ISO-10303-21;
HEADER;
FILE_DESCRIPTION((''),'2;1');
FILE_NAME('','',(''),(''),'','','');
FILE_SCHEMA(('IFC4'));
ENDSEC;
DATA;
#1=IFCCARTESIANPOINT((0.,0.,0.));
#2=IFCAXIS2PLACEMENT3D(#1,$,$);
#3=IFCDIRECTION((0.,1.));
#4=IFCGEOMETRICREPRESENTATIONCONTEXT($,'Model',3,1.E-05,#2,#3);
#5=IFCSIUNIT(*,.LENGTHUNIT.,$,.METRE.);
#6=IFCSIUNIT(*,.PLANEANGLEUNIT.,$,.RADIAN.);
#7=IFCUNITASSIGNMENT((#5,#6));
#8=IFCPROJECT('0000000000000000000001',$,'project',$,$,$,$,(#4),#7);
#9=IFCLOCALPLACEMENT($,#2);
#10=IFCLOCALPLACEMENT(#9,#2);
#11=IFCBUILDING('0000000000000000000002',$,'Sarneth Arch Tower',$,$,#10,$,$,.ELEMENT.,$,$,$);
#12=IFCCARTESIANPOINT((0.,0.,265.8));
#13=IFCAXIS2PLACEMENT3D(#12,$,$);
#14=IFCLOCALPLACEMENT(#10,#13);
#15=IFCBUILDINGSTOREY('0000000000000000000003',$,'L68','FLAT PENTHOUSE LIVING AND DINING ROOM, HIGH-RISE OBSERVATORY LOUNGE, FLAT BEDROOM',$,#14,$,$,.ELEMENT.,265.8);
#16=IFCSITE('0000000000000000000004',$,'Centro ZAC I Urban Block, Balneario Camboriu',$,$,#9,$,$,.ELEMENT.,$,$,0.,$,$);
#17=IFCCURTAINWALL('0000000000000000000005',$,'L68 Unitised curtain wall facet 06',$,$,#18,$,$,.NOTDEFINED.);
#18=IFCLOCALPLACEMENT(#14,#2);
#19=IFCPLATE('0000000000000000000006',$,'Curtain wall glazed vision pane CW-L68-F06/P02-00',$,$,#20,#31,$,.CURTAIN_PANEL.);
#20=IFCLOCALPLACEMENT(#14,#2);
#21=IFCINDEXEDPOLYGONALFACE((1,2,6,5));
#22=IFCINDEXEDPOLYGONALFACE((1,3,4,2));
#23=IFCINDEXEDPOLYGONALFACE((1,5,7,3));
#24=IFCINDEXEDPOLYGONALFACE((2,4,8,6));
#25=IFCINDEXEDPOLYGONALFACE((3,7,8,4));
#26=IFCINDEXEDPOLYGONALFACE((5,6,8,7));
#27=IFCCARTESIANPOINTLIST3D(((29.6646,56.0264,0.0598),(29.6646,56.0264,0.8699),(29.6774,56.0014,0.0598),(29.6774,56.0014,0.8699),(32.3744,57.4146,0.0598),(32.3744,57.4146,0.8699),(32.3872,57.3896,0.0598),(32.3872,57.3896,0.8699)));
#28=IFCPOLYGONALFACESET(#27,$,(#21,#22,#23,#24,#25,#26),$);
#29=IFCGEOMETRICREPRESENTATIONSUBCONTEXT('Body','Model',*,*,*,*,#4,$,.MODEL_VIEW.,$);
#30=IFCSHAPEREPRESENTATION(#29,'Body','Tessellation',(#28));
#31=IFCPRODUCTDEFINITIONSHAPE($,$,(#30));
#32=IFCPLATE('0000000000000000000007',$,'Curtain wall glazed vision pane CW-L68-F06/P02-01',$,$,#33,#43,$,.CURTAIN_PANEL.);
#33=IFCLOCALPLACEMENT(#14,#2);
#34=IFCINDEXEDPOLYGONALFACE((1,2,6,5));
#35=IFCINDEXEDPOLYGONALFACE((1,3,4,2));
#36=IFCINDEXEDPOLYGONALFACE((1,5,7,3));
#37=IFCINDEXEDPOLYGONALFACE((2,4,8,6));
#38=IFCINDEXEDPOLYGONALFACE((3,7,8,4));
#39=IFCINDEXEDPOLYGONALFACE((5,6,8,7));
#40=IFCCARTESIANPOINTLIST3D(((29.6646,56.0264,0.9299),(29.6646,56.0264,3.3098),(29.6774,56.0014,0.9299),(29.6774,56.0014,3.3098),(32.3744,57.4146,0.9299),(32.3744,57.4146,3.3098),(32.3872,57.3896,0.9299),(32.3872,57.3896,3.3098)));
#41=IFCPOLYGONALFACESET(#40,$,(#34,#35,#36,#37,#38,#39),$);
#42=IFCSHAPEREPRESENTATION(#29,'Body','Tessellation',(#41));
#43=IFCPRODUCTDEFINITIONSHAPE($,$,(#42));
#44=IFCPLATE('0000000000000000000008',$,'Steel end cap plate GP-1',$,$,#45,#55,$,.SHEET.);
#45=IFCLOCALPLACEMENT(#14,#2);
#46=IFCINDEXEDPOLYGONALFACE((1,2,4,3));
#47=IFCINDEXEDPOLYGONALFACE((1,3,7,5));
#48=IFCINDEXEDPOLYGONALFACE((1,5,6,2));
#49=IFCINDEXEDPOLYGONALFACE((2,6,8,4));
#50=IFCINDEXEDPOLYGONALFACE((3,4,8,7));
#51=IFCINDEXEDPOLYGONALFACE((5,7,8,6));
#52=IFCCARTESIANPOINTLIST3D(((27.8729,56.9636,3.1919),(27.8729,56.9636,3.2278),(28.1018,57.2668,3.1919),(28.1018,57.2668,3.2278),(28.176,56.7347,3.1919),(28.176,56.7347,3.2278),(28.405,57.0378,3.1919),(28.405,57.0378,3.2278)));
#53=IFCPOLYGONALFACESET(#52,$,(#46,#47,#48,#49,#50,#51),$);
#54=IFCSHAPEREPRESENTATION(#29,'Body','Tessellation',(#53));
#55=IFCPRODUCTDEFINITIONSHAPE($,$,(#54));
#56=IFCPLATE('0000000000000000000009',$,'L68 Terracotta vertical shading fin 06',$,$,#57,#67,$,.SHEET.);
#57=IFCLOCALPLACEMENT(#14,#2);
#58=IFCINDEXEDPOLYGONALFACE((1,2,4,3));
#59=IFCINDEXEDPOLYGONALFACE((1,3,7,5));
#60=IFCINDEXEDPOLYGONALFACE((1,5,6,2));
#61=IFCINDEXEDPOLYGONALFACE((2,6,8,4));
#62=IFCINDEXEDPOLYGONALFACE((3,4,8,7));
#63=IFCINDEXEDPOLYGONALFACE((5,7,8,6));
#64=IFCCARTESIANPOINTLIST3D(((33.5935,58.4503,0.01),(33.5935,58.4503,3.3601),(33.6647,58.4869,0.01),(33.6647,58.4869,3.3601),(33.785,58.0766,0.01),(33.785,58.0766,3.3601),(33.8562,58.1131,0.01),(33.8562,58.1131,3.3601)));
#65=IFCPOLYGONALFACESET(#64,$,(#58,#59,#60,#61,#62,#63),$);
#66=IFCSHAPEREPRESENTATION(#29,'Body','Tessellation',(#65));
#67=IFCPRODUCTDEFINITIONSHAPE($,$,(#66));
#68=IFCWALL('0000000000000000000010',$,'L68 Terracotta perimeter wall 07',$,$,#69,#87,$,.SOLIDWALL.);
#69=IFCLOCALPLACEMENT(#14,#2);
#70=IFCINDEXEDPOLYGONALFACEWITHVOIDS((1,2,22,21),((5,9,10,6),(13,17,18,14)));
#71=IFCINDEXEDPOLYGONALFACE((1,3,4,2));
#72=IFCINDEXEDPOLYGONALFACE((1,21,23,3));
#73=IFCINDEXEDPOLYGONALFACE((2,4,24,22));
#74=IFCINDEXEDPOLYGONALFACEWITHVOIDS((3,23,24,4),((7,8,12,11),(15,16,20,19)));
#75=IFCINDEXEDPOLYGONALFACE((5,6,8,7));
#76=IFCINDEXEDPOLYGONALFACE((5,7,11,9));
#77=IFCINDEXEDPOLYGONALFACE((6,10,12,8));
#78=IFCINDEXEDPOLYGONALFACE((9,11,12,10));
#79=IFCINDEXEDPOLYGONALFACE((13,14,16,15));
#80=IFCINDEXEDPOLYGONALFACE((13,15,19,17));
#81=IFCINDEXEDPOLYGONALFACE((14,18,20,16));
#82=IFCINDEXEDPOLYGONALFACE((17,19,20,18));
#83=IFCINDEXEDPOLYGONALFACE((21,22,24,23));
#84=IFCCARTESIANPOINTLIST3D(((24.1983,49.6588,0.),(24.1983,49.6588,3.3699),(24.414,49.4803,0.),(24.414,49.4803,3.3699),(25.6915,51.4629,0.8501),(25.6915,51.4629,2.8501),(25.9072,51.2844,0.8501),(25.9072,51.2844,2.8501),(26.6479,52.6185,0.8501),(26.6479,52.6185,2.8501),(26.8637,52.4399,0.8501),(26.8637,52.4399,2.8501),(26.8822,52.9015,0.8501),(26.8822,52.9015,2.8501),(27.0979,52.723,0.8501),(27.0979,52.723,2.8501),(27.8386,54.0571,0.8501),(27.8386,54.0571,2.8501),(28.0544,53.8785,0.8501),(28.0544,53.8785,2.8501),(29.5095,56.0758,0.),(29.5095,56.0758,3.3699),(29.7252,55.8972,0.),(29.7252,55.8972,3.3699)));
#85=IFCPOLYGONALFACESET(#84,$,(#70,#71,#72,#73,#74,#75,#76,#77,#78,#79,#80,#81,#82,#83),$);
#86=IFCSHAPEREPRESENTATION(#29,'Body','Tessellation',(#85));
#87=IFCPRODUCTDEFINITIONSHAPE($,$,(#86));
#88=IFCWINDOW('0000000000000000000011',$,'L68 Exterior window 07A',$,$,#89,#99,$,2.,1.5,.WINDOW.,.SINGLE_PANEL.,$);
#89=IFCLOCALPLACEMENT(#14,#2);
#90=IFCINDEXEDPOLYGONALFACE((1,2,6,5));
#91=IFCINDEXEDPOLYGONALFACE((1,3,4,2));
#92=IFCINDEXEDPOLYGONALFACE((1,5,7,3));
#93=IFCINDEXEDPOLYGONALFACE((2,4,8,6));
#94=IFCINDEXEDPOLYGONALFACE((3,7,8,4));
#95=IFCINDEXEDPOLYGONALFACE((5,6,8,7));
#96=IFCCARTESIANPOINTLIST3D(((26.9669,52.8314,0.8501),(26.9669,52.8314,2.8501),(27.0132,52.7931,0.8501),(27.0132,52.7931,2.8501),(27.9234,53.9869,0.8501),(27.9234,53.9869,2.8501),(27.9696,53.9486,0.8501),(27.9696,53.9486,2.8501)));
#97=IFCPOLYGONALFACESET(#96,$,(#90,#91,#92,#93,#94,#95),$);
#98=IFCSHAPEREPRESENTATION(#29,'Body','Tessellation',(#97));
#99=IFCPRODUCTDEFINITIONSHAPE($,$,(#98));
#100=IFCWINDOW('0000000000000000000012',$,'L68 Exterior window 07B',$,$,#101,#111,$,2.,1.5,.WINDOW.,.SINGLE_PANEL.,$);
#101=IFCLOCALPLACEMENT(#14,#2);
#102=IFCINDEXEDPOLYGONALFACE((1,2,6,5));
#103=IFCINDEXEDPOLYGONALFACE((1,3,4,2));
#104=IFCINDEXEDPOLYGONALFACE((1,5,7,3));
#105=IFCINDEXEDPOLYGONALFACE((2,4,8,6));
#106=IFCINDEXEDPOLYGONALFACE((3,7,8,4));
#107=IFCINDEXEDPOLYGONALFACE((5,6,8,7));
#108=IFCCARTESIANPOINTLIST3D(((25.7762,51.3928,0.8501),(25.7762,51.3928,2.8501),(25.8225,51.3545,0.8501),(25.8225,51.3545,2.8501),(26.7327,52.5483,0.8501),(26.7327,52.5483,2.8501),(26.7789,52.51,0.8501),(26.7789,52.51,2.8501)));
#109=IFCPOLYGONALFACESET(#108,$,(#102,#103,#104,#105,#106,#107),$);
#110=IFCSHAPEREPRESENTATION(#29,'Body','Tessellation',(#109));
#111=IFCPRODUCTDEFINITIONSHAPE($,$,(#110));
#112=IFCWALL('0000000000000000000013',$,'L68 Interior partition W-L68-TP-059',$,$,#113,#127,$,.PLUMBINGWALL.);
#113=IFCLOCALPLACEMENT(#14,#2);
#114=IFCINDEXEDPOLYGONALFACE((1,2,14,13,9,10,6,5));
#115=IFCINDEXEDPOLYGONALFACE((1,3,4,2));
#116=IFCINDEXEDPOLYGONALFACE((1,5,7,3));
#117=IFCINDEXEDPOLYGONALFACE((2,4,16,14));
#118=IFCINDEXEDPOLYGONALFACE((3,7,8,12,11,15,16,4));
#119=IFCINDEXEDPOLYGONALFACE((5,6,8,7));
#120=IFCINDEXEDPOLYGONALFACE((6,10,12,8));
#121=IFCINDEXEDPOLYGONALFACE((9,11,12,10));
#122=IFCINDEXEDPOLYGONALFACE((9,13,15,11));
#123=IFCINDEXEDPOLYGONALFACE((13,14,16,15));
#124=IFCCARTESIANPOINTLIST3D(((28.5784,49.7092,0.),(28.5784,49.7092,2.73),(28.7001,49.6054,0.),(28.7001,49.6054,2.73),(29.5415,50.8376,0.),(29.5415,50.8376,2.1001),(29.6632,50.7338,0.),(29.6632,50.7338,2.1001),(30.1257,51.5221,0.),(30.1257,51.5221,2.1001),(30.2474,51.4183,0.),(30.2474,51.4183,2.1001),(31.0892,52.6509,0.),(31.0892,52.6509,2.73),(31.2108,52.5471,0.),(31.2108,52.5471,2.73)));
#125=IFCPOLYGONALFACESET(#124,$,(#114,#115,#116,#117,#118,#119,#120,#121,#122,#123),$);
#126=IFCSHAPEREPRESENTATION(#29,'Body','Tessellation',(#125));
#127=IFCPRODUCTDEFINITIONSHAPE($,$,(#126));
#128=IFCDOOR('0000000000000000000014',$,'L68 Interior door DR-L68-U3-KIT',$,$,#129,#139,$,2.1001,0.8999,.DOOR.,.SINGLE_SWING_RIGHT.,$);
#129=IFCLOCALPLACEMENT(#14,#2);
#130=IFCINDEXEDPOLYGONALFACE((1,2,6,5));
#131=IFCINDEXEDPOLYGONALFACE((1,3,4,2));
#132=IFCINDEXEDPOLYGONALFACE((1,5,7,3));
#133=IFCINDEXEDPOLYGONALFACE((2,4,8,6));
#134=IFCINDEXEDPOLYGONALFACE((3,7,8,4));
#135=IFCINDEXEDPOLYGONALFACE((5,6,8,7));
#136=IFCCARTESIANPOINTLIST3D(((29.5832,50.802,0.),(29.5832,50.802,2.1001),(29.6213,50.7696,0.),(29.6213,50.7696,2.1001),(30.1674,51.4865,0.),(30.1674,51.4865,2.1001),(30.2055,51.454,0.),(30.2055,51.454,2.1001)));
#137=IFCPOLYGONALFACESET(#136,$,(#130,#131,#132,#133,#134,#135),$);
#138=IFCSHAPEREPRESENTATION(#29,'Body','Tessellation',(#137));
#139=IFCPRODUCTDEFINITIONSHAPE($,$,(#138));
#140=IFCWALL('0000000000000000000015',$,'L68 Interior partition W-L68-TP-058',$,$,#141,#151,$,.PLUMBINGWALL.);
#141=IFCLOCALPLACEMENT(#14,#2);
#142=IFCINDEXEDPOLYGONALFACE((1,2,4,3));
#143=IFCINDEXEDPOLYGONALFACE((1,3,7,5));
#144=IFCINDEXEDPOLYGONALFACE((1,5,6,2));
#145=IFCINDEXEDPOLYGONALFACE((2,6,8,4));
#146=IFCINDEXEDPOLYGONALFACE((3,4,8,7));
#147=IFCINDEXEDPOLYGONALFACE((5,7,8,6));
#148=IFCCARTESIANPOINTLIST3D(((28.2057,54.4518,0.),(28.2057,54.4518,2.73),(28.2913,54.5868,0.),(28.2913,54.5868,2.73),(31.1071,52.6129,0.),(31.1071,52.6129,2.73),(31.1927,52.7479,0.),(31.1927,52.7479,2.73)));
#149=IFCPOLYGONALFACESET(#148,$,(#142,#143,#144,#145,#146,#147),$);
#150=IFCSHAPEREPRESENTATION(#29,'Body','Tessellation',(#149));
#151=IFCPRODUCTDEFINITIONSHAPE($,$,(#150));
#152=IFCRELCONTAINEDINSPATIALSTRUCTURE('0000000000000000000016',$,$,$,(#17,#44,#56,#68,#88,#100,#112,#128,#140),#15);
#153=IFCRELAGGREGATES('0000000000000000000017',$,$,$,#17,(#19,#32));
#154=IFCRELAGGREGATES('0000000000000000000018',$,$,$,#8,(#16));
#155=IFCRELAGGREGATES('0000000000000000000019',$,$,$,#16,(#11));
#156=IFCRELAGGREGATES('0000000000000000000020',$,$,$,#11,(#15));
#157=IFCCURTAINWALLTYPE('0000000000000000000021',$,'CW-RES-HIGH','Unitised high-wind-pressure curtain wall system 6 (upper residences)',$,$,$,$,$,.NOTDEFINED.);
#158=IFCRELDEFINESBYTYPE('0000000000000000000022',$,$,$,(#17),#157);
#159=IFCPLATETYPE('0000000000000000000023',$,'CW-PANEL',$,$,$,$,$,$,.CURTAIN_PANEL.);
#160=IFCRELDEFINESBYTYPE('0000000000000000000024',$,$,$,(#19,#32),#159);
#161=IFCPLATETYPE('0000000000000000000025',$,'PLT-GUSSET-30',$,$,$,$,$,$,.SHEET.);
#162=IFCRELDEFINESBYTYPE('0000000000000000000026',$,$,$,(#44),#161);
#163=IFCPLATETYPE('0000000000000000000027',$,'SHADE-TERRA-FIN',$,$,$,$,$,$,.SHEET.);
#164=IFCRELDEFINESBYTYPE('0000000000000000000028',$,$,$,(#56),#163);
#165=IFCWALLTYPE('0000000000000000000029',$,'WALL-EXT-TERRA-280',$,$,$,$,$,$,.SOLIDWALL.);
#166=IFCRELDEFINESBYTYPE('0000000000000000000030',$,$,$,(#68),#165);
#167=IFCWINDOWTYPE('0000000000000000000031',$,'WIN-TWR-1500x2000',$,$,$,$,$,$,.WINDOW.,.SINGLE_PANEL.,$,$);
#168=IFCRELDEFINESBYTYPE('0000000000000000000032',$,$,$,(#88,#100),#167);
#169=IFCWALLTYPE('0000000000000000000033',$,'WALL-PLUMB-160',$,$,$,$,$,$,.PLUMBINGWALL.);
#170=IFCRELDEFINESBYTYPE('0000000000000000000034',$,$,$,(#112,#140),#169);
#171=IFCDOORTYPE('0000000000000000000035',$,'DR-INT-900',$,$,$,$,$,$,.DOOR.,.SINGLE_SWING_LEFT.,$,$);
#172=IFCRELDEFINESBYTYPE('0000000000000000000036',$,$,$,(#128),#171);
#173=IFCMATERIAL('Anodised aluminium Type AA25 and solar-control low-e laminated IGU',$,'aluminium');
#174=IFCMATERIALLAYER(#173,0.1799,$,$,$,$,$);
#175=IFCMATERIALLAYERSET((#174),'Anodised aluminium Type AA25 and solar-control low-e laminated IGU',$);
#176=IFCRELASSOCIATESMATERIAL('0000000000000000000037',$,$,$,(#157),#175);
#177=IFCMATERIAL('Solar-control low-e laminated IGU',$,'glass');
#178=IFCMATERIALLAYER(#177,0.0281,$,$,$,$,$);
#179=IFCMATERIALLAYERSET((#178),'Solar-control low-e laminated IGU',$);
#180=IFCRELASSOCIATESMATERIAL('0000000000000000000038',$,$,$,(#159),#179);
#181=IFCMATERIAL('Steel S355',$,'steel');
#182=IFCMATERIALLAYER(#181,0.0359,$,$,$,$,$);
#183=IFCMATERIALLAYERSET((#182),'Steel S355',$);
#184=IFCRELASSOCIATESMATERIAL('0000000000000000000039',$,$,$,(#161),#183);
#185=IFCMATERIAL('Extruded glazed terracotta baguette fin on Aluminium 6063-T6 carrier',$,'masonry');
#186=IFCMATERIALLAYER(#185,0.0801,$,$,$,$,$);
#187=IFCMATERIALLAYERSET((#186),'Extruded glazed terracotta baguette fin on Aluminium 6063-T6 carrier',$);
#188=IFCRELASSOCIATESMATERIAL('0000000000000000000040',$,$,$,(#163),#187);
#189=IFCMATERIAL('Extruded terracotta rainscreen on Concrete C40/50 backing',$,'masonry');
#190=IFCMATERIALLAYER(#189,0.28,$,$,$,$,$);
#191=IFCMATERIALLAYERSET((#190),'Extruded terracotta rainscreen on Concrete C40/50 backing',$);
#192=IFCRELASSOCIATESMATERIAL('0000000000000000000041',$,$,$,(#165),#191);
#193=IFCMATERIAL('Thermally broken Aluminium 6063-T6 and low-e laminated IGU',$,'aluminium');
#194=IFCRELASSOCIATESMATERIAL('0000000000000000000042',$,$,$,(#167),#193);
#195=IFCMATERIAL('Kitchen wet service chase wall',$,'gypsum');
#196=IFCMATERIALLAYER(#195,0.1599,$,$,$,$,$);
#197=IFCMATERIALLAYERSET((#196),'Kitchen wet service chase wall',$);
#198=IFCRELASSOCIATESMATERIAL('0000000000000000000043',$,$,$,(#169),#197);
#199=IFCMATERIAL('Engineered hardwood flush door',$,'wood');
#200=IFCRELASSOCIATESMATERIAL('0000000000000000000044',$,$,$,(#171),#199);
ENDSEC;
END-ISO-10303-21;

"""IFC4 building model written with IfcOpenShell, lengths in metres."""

from ifc_helpers import new_model, si_unit, direction, frame, frame_2d, origin, origin_2d, place, context, subcontext, project, spatial, rectangle, extrude, material, layer, layer_set, type_object, element, fill, aggregate, save


model = new_model("IFC4")

# Units and contexts
model_context = context("Model", 3, precision=1e-05, world=origin(), true_north=direction((0.0, 1.0)))
body_context = subcontext(model_context, "Body", "Model", "MODEL_VIEW")
ifc_project = project(units=[si_unit("LENGTHUNIT", "METRE"), si_unit("PLANEANGLEUNIT", "RADIAN")], contexts=[model_context])

# Site, building, storey
site_placement = place(None, origin())
site = spatial("IfcSite", under=ifc_project, at=site_placement, Name="Centro ZAC I Urban Block, Balneario Camboriu", CompositionType="ELEMENT", RefElevation=0.0)
building_placement = place(site_placement, origin())
building = spatial("IfcBuilding", under=site, at=building_placement, Name="Sarneth Arch Tower", CompositionType="ELEMENT")
storey_placement = place(building_placement, frame((0.0, 0.0, 265.8)))
storey = spatial("IfcBuildingStorey", under=building, at=storey_placement, Name="L68", Description="FLAT PENTHOUSE LIVING AND DINING ROOM, HIGH-RISE OBSERVATORY LOUNGE, FLAT BEDROOM", CompositionType="ELEMENT", Elevation=265.8)

# Curtain wall
ifc_material_1 = material(Name="Anodised aluminium Type AA25 and solar-control low-e laminated IGU", Category="aluminium")
ifc_layer_1 = layer(ifc_material_1, 0.1799)
ifc_layer_set_1 = layer_set([ifc_layer_1], Name="Anodised aluminium Type AA25 and solar-control low-e laminated IGU")
curtain_wall_type = type_object("IfcCurtainWallType", Name="CW-RES-HIGH", Description="Unitised high-wind-pressure curtain wall system 6 (upper residences)", PredefinedType="NOTDEFINED", material=ifc_layer_set_1)
curtain_wall_placement = place(storey_placement, origin())
curtain_wall = element("IfcCurtainWall", 1, at=curtain_wall_placement, inside=storey, type_object=curtain_wall_type, Name="L68 Unitised curtain wall facet 06", PredefinedType="NOTDEFINED")

# Plates
ifc_material_2 = material(Name="Solar-control low-e laminated IGU", Category="glass")
ifc_layer_2 = layer(ifc_material_2, 0.0281)
ifc_layer_set_2 = layer_set([ifc_layer_2], Name="Solar-control low-e laminated IGU")
plate_type_1 = type_object("IfcPlateType", Name="CW-PANEL", PredefinedType="CURTAIN_PANEL", material=ifc_layer_set_2)
plate_1_placement = place(storey_placement, frame((31.0259, 56.708, 0.0598), z_axis=(0.0, 0.0, 1.0), x_axis=(-0.89001, -0.455942, 0.0)))
plate_1 = element("IfcPlate", 2, at=plate_1_placement, type_object=plate_type_1, Name="Curtain wall glazed vision pane CW-L68-F06/P02-00", PredefinedType="CURTAIN_PANEL", context=body_context, shape_type="SweptSolid", body=[
    extrude(rectangle(XDim=3.0447, YDim=0.0281, at=origin_2d()), origin(), (0.0, 0.0, 1.0), 0.8101),
])
plate_2_placement = place(storey_placement, frame((31.0259, 56.708, 0.9299), z_axis=(0.0, 0.0, 1.0), x_axis=(-0.89001, -0.455942, 0.0)))
plate_2 = element("IfcPlate", 3, at=plate_2_placement, type_object=plate_type_1, Name="Curtain wall glazed vision pane CW-L68-F06/P02-01", PredefinedType="CURTAIN_PANEL", context=body_context, shape_type="SweptSolid", body=[
    extrude(rectangle(XDim=3.0447, YDim=0.0281, at=origin_2d()), origin(), (0.0, 0.0, 1.0), 2.3799),
])
aggregate(curtain_wall, [plate_1, plate_2])

# Plates
ifc_material_3 = material(Name="Steel S355", Category="steel")
ifc_layer_3 = layer(ifc_material_3, 0.0359)
ifc_layer_set_3 = layer_set([ifc_layer_3], Name="Steel S355")
plate_type_2 = type_object("IfcPlateType", Name="PLT-GUSSET-30", PredefinedType="SHEET", material=ifc_layer_set_3)
plate_3_placement = place(storey_placement, frame((28.1389, 57.0007, 3.1919), z_axis=(0.0, 0.0, 1.0), x_axis=(-0.798005, 0.602651, 0.0)))
element("IfcPlate", 4, at=plate_3_placement, inside=storey, type_object=plate_type_2, Name="Steel end cap plate GP-1", PredefinedType="SHEET", context=body_context, shape_type="SweptSolid", body=[
    extrude(rectangle(XDim=0.3799, YDim=0.3799, at=origin_2d()), origin(), (0.0, 0.0, 1.0), 0.0359),
])
ifc_material_4 = material(Name="Extruded glazed terracotta baguette fin on Aluminium 6063-T6 carrier", Category="masonry")
ifc_layer_4 = layer(ifc_material_4, 0.0801)
ifc_layer_set_4 = layer_set([ifc_layer_4], Name="Extruded glazed terracotta baguette fin on Aluminium 6063-T6 carrier")
plate_type_3 = type_object("IfcPlateType", Name="SHADE-TERRA-FIN", PredefinedType="SHEET", material=ifc_layer_set_4)
plate_4_placement = place(storey_placement, frame((33.7249, 58.2817, 0.01), z_axis=(0.0, 0.0, 1.0), x_axis=(-0.456011, 0.889974, 0.0)))
element("IfcPlate", 5, at=plate_4_placement, inside=storey, type_object=plate_type_3, Name="L68 Terracotta vertical shading fin 06", PredefinedType="SHEET", context=body_context, shape_type="SweptSolid", body=[
    extrude(rectangle(XDim=0.4199, YDim=0.0801, at=origin_2d()), origin(), (0.0, 0.0, 1.0), 3.3501),
])

# Wall, openings, windows
ifc_material_5 = material(Name="Extruded terracotta rainscreen on Concrete C40/50 backing", Category="masonry")
ifc_layer_5 = layer(ifc_material_5, 0.28)
ifc_layer_set_5 = layer_set([ifc_layer_5], Name="Extruded terracotta rainscreen on Concrete C40/50 backing")
wall_type_1 = type_object("IfcWallType", Name="WALL-EXT-TERRA-280", PredefinedType="SOLIDWALL", material=ifc_layer_set_5)
wall_1_placement = place(storey_placement, frame((29.6174, 55.9866, 0.0), z_axis=(0.0, 0.0, 1.0), x_axis=(-0.637615, -0.770355, 0.0)))
wall_1 = element("IfcWall", 6, at=wall_1_placement, inside=storey, type_object=wall_type_1, Name="L68 Terracotta perimeter wall 07", PredefinedType="SOLIDWALL", context=body_context, shape_type="SweptSolid", body=[
    extrude(rectangle(XDim=8.3298, YDim=0.28, at=frame_2d((4.165, 0.0))), origin(), (0.0, 0.0, 1.0), 3.3699),
])
opening_1_placement = place(wall_1_placement, frame((2.6206, 0.0, 0.8501)))
opening_1 = element("IfcOpeningElement", 7, at=opening_1_placement, cuts=wall_1, PredefinedType="OPENING", context=body_context, shape_type="SweptSolid", body=[
    extrude(rectangle(XDim=1.5, YDim=2.0, at=frame_2d((0.75, 1.0))), frame((0.0, 0.1499, 0.0), z_axis=(0.0, -1.0, 0.0), x_axis=(1.0, 0.0, 0.0)), (0.0, 0.0, 1.0), 0.3),
])
opening_2_placement = place(wall_1_placement, frame((4.488, 0.0, 0.8501)))
opening_2 = element("IfcOpeningElement", 8, at=opening_2_placement, cuts=wall_1, PredefinedType="OPENING", context=body_context, shape_type="SweptSolid", body=[
    extrude(rectangle(XDim=1.5, YDim=2.0, at=frame_2d((0.75, 1.0))), frame((0.0, 0.1499, 0.0), z_axis=(0.0, -1.0, 0.0), x_axis=(1.0, 0.0, 0.0)), (0.0, 0.0, 1.0), 0.3),
])
ifc_material_6 = material(Name="Thermally broken Aluminium 6063-T6 and low-e laminated IGU", Category="aluminium")
window_type = type_object("IfcWindowType", Name="WIN-TWR-1500x2000", PartitioningType="SINGLE_PANEL", PredefinedType="WINDOW", material=ifc_material_6)
window_1_placement = place(opening_1_placement, origin())
window_1 = element("IfcWindow", 9, at=window_1_placement, inside=storey, type_object=window_type, Name="L68 Exterior window 07A", OverallHeight=2.0, OverallWidth=1.5, PartitioningType="SINGLE_PANEL", PredefinedType="WINDOW", context=body_context, shape_type="SweptSolid", body=[
    extrude(rectangle(XDim=1.5, YDim=2.0, at=frame_2d((0.75, 1.0))), frame((0.0, 0.03, 0.0), z_axis=(0.0, -1.0, 0.0), x_axis=(1.0, 0.0, 0.0)), (0.0, 0.0, 1.0), 0.0601),
])
fill(opening_1, window_1)
window_2_placement = place(opening_2_placement, origin())
window_2 = element("IfcWindow", 10, at=window_2_placement, inside=storey, type_object=window_type, Name="L68 Exterior window 07B", OverallHeight=2.0, OverallWidth=1.5, PartitioningType="SINGLE_PANEL", PredefinedType="WINDOW", context=body_context, shape_type="SweptSolid", body=[
    extrude(rectangle(XDim=1.5, YDim=2.0, at=frame_2d((0.75, 1.0))), frame((0.0, 0.03, 0.0), z_axis=(0.0, -1.0, 0.0), x_axis=(1.0, 0.0, 0.0)), (0.0, 0.0, 1.0), 0.0601),
])
fill(opening_2, window_2)

# Wall, opening, door
ifc_material_7 = material(Name="Kitchen wet service chase wall", Category="gypsum")
ifc_layer_6 = layer(ifc_material_7, 0.1599)
ifc_layer_set_6 = layer_set([ifc_layer_6], Name="Kitchen wet service chase wall")
wall_type_2 = type_object("IfcWallType", Name="WALL-PLUMB-160", PredefinedType="PLUMBINGWALL", material=ifc_layer_set_6)
wall_2_placement = place(storey_placement, frame((31.1499, 52.5989, 0.0), z_axis=(0.0, 0.0, 1.0), x_axis=(-0.649199, -0.760618, 0.0)))
wall_2 = element("IfcWall", 11, at=wall_2_placement, inside=storey, type_object=wall_type_2, Name="L68 Interior partition W-L68-TP-059", PredefinedType="PLUMBINGWALL", context=body_context, shape_type="SweptSolid", body=[
    extrude(rectangle(XDim=3.8674, YDim=0.1599, at=frame_2d((1.9336, 0.0))), origin(), (0.0, 0.0, 1.0), 2.73),
])
opening_3_placement = place(wall_2_placement, frame((1.4839, 0.0, 0.0)))
opening_3 = element("IfcOpeningElement", 12, at=opening_3_placement, cuts=wall_2, PredefinedType="OPENING", context=body_context, shape_type="SweptSolid", body=[
    extrude(rectangle(XDim=0.8999, YDim=2.1001, at=frame_2d((0.45, 1.05))), frame((0.0, 0.0898, 0.0), z_axis=(0.0, -1.0, 0.0), x_axis=(1.0, 0.0, 0.0)), (0.0, 0.0, 1.0), 0.1799),
])
ifc_material_8 = material(Name="Engineered hardwood flush door", Category="wood")
door_type = type_object("IfcDoorType", Name="DR-INT-900", OperationType="SINGLE_SWING_LEFT", PredefinedType="DOOR", material=ifc_material_8)
door_placement = place(opening_3_placement, origin())
door = element("IfcDoor", 13, at=door_placement, inside=storey, type_object=door_type, Name="L68 Interior door DR-L68-U3-KIT", OperationType="SINGLE_SWING_RIGHT", OverallHeight=2.1001, OverallWidth=0.8999, PredefinedType="DOOR", context=body_context, shape_type="SweptSolid", body=[
    extrude(rectangle(XDim=0.8999, YDim=2.1001, at=frame_2d((0.45, 1.05))), frame((0.0, 0.0249, 0.0), z_axis=(0.0, -1.0, 0.0), x_axis=(1.0, 0.0, 0.0)), (0.0, 0.0, 1.0), 0.05),
])
fill(opening_3, door)

# Wall
wall_3_placement = place(storey_placement, frame((28.2485, 54.5193, 0.0), z_axis=(0.0, 0.0, 1.0), x_axis=(0.844643, -0.535329, 0.0)))
element("IfcWall", 14, at=wall_3_placement, inside=storey, type_object=wall_type_2, Name="L68 Interior partition W-L68-TP-058", PredefinedType="PLUMBINGWALL", context=body_context, shape_type="SweptSolid", body=[
    extrude(rectangle(XDim=3.4351, YDim=0.1599, at=frame_2d((1.7175, 0.0))), origin(), (0.0, 0.0, 1.0), 2.73),
])

save(model, "model.ifc")
